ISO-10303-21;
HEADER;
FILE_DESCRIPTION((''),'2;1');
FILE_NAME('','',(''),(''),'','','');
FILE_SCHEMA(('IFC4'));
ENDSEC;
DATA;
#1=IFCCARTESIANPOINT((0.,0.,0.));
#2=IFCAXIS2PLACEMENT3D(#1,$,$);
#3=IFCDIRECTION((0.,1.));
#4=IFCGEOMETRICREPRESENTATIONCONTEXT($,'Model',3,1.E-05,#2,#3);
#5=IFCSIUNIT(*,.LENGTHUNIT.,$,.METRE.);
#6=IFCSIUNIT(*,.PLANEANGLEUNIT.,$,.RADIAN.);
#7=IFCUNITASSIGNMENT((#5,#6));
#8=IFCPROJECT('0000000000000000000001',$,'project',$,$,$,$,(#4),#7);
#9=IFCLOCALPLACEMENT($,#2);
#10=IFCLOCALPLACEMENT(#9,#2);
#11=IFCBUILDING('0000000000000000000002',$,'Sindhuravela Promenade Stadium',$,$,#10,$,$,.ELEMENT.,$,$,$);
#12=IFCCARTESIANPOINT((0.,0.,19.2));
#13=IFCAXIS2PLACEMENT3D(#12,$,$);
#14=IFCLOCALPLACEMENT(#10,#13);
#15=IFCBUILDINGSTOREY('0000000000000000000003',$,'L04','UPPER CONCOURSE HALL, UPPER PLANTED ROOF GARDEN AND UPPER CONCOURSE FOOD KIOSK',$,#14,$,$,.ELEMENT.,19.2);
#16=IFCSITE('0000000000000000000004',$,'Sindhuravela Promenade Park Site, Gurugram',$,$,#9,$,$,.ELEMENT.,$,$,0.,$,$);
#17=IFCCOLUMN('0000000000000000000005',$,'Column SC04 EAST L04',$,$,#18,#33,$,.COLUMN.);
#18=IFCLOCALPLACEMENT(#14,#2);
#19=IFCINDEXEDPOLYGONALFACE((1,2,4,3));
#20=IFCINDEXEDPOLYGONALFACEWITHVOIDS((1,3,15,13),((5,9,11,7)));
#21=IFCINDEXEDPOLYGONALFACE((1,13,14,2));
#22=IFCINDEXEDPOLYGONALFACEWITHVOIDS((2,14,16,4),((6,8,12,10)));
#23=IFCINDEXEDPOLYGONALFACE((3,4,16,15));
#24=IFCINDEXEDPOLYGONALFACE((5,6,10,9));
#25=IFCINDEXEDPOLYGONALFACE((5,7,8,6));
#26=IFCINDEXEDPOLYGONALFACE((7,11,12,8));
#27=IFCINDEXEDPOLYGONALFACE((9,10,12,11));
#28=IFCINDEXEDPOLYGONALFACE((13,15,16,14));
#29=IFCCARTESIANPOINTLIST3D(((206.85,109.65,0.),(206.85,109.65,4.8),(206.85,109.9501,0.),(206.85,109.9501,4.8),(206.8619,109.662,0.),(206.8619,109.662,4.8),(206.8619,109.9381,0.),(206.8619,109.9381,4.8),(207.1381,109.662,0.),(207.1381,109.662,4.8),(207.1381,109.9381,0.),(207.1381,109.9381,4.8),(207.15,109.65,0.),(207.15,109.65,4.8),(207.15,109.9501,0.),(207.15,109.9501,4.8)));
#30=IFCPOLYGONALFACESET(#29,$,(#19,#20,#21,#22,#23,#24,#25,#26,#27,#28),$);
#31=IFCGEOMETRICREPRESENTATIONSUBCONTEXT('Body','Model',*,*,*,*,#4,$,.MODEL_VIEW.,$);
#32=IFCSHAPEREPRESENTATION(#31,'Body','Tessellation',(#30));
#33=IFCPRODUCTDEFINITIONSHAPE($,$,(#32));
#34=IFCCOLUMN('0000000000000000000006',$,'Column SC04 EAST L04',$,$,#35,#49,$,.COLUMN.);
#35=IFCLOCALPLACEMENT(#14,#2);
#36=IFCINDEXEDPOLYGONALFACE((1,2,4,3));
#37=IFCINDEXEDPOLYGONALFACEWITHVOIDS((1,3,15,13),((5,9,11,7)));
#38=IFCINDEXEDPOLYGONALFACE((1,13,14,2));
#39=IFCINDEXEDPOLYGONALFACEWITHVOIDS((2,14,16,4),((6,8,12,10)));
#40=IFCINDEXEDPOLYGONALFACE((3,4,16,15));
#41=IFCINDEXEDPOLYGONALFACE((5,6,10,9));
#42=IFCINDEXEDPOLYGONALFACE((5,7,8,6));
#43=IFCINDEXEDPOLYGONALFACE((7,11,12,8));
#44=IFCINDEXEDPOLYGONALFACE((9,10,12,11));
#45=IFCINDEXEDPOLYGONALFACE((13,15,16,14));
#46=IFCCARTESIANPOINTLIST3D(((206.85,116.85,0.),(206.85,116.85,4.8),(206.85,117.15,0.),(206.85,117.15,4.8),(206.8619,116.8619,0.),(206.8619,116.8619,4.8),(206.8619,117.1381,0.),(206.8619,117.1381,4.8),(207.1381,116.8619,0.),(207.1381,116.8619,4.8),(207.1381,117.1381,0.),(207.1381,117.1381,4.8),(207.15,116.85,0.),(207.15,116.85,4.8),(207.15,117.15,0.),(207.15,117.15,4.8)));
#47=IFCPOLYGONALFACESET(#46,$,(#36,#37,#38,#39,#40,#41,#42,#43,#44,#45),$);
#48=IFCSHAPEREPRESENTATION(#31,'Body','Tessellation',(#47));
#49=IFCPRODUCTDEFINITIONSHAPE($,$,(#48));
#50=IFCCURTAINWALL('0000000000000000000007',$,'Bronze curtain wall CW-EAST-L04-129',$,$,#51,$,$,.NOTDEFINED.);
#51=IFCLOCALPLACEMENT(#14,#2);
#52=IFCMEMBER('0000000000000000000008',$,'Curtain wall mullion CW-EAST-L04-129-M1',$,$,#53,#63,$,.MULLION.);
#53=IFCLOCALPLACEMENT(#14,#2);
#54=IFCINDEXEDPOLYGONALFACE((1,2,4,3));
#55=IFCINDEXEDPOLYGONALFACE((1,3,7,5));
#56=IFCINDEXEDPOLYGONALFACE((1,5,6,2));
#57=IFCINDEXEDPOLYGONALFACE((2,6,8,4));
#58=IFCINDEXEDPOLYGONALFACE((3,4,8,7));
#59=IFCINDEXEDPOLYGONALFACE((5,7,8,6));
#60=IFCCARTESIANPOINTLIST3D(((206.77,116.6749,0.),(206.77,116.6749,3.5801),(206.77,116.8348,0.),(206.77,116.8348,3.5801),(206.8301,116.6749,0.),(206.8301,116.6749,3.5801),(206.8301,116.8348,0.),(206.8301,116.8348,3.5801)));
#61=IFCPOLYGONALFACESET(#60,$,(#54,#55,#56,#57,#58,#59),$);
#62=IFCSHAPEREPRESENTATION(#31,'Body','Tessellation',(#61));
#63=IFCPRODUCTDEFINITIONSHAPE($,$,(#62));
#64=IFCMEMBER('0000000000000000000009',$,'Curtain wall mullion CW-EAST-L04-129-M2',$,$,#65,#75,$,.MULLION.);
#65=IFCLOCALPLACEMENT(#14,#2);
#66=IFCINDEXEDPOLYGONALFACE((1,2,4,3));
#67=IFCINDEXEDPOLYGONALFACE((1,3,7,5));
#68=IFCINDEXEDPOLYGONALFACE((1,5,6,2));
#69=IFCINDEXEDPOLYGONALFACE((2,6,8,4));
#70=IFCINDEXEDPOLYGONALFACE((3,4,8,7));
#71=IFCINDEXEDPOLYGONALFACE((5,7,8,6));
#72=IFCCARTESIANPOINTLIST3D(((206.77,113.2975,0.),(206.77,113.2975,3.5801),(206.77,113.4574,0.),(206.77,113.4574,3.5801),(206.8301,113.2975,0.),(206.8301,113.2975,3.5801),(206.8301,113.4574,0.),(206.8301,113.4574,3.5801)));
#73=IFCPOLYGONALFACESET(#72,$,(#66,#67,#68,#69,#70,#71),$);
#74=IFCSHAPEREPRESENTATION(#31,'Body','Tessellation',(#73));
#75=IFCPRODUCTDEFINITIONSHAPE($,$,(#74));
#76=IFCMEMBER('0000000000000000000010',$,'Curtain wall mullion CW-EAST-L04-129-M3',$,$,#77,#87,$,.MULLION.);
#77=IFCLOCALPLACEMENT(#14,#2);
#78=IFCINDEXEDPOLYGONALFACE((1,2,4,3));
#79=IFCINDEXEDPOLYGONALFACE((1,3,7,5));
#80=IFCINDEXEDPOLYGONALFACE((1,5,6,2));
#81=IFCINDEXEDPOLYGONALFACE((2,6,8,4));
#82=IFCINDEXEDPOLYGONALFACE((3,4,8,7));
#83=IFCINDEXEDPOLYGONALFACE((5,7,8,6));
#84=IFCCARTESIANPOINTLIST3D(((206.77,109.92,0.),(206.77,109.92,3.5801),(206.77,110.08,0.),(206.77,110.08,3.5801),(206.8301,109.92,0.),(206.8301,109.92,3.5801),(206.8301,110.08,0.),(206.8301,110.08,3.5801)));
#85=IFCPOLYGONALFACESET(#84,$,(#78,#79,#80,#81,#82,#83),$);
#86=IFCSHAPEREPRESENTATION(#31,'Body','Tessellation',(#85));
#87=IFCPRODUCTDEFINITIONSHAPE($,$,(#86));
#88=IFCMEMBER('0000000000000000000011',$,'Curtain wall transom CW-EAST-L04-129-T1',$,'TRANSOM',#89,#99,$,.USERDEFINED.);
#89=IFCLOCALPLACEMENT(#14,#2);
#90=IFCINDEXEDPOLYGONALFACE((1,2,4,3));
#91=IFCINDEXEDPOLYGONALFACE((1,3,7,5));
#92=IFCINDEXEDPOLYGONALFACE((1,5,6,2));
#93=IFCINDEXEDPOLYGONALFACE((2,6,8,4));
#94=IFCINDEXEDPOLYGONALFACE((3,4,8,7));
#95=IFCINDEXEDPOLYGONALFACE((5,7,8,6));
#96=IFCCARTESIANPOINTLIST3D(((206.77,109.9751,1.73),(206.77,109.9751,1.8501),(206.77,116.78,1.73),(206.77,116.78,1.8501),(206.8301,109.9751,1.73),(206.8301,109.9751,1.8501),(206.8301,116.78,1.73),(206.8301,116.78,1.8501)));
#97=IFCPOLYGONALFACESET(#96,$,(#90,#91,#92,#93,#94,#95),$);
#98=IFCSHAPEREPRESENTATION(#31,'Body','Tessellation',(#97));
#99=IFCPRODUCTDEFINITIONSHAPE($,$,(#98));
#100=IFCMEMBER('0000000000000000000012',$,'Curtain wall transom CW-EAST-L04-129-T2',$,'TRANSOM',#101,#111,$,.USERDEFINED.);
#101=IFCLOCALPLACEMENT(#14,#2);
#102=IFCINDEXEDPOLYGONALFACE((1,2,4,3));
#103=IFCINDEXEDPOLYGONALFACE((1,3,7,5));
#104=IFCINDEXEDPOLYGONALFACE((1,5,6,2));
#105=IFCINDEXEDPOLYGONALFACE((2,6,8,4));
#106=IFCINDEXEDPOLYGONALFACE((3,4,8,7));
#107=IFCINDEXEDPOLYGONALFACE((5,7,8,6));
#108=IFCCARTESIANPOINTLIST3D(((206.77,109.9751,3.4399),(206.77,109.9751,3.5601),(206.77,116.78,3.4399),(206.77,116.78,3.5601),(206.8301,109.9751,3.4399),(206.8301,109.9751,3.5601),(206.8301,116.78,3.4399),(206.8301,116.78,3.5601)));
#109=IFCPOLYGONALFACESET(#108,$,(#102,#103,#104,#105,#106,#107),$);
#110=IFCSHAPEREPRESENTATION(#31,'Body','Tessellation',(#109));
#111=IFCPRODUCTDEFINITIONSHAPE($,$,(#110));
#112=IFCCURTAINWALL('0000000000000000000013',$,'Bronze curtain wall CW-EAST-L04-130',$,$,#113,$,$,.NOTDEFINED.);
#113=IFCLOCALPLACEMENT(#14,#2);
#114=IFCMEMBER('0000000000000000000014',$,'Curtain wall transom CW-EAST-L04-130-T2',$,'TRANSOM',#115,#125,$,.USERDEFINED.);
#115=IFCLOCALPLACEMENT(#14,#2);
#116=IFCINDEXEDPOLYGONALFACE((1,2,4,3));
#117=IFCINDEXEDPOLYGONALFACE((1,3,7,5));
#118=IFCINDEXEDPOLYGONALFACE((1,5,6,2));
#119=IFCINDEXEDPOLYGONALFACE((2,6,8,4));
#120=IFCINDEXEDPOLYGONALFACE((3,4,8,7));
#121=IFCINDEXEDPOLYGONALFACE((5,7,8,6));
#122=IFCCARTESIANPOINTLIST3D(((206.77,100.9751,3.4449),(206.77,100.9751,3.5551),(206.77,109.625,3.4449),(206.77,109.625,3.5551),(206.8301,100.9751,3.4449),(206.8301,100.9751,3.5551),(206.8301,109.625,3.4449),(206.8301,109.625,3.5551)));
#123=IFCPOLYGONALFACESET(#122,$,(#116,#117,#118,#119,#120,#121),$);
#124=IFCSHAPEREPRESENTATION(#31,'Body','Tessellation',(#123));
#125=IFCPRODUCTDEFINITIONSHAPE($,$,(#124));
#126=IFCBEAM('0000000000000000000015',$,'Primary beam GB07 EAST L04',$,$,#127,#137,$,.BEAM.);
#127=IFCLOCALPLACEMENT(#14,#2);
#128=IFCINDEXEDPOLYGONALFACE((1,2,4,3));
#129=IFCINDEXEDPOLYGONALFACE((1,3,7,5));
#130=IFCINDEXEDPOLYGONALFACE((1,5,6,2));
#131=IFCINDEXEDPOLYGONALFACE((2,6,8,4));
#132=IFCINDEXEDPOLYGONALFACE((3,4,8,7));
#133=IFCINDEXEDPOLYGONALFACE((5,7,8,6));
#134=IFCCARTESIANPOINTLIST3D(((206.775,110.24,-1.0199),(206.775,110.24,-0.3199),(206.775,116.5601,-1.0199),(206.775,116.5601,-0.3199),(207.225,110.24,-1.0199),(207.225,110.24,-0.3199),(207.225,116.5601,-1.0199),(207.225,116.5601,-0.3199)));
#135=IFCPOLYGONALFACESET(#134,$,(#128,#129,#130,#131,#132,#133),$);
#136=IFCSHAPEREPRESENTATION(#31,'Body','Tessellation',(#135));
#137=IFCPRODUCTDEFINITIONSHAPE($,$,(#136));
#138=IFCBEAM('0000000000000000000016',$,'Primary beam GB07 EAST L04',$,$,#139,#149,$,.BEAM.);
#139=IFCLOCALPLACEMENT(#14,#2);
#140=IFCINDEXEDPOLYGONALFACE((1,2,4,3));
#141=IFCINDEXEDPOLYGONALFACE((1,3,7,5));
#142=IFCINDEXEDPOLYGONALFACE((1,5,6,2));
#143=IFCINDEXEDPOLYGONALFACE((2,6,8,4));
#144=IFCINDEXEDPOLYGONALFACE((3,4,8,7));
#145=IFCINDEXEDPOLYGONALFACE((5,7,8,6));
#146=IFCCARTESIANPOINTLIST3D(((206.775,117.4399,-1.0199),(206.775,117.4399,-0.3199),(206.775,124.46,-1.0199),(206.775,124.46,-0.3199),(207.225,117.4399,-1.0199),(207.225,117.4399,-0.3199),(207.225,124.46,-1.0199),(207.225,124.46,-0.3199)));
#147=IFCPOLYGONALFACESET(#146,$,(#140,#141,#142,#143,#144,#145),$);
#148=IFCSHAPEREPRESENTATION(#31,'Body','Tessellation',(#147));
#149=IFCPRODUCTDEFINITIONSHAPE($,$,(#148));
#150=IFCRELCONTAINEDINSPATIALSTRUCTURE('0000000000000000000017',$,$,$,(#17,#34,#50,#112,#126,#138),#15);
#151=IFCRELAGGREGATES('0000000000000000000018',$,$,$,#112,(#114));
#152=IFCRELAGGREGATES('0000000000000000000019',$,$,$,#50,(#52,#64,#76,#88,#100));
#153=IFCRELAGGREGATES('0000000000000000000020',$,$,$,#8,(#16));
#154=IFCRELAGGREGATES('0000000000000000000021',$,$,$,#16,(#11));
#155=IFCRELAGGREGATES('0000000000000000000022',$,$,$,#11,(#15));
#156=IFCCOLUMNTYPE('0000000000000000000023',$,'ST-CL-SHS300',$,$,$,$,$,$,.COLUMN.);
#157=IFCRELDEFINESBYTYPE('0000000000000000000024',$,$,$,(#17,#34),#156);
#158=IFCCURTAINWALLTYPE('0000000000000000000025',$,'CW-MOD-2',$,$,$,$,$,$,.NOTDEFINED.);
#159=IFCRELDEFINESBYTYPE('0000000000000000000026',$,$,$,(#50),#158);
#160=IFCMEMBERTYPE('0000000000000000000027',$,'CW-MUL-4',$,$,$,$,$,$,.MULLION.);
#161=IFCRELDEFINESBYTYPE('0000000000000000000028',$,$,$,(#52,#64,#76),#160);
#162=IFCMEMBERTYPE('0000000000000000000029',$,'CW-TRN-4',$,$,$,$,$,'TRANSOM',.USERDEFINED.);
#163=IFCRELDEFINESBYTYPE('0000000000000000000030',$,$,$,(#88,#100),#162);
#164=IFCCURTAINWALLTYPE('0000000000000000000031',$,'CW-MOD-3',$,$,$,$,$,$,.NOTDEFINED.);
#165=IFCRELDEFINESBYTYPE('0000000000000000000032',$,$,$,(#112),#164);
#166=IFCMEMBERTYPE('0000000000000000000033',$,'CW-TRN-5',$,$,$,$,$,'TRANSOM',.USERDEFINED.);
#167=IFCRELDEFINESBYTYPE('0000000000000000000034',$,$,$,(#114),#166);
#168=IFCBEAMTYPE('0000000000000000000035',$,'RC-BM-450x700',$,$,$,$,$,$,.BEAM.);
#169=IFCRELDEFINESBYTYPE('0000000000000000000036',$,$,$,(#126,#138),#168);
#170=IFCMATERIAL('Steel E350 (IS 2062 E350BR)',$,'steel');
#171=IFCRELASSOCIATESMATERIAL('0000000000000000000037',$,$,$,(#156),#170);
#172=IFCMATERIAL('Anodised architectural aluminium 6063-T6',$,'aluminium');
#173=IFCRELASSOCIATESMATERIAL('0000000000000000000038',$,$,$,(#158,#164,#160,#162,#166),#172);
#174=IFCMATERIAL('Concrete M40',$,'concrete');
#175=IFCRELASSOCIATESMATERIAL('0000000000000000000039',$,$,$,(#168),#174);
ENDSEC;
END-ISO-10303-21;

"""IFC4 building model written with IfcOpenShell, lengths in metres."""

from ifc_helpers import new_model, si_unit, direction, frame, origin, origin_2d, place, context, subcontext, project, spatial, rectangle, hollow_rectangle, extrude, material, material_profile, profile_set, type_object, element, aggregate, save


model = new_model("IFC4")

# Units and contexts
model_context = context("Model", 3, precision=1e-05, world=origin(), true_north=direction((0.0, 1.0)))
body_context = subcontext(model_context, "Body", "Model", "MODEL_VIEW")
ifc_project = project(units=[si_unit("LENGTHUNIT", "METRE"), si_unit("PLANEANGLEUNIT", "RADIAN")], contexts=[model_context])

# Site, building, storey
site_placement = place(None, origin())
site = spatial("IfcSite", under=ifc_project, at=site_placement, Name="Sindhuravela Promenade Park Site, Gurugram", CompositionType="ELEMENT", RefElevation=0.0)
building_placement = place(site_placement, origin())
building = spatial("IfcBuilding", under=site, at=building_placement, Name="Sindhuravela Promenade Stadium", CompositionType="ELEMENT")
storey_placement = place(building_placement, frame((0.0, 0.0, 19.2)))
storey = spatial("IfcBuildingStorey", under=building, at=storey_placement, Name="L04", Description="UPPER CONCOURSE HALL, UPPER PLANTED ROOF GARDEN AND UPPER CONCOURSE FOOD KIOSK", CompositionType="ELEMENT", Elevation=19.2)

# Columns
ifc_material_1 = material(Name="Steel E350 (IS 2062 E350BR)", Category="steel")
ifc_material_profile_1 = material_profile(ifc_material_1, hollow_rectangle(XDim=0.3, YDim=0.3, WallThickness=0.012, at=origin_2d()), Name="SHS 300x300x12")
ifc_profile_set_1 = profile_set([ifc_material_profile_1], Name="Steel E350 (IS 2062 E350BR)")
column_type = type_object("IfcColumnType", Name="ST-CL-SHS300", PredefinedType="COLUMN", material=ifc_profile_set_1)
for number, where, z_axis, x_axis, name in (
    (1, (207.0, 109.8, 0.0), (0.0, 0.0, 1.0), (1.0, 0.0, 0.0), "Column SC04 EAST L04"),
    (2, (207.0, 117.0, 0.0), (0.0, 0.0, 1.0), (1.0, 0.0, 0.0), "Column SC04 EAST L04"),
):
    element("IfcColumn", number, at=place(storey_placement, frame(where, z_axis=z_axis, x_axis=x_axis)), inside=storey, type_object=column_type, Name=name, PredefinedType="COLUMN", context=body_context, shape_type="SweptSolid", body=[
        extrude(hollow_rectangle(XDim=0.3, YDim=0.3, WallThickness=0.012, at=origin_2d()), origin(), (0.0, 0.0, 1.0), 4.8),
    ])

# Curtain wall, members
ifc_material_2 = material(Name="Anodised architectural aluminium 6063-T6", Category="aluminium")
curtain_wall_type_1 = type_object("IfcCurtainWallType", Name="CW-MOD-2", PredefinedType="NOTDEFINED", material=ifc_material_2)
curtain_wall_1_placement = place(storey_placement, origin())
curtain_wall_1 = element("IfcCurtainWall", 3, at=curtain_wall_1_placement, inside=storey, type_object=curtain_wall_type_1, Name="Bronze curtain wall CW-EAST-L04-129", PredefinedType="NOTDEFINED")
ifc_material_profile_2 = material_profile(ifc_material_2, rectangle(XDim=0.0601, YDim=0.1599, at=origin_2d()), Name="ALU M60x160")
ifc_profile_set_2 = profile_set([ifc_material_profile_2], Name="Anodised architectural aluminium 6063-T6")
member_type_1 = type_object("IfcMemberType", Name="CW-MUL-4", PredefinedType="MULLION", material=ifc_profile_set_2)
member_1_placement = place(storey_placement, frame((206.8, 116.7549, 0.0), z_axis=(0.0, 0.0, 1.0), x_axis=(1.0, 0.0, 0.0)))
member_1 = element("IfcMember", 4, at=member_1_placement, type_object=member_type_1, Name="Curtain wall mullion CW-EAST-L04-129-M1", PredefinedType="MULLION", context=body_context, shape_type="SweptSolid", body=[
    extrude(rectangle(XDim=0.0601, YDim=0.1599, at=origin_2d()), origin(), (0.0, 0.0, 1.0), 3.5801),
])
member_2_placement = place(storey_placement, frame((206.8, 113.3774, 0.0), z_axis=(0.0, 0.0, 1.0), x_axis=(1.0, 0.0, 0.0)))
member_2 = element("IfcMember", 5, at=member_2_placement, type_object=member_type_1, Name="Curtain wall mullion CW-EAST-L04-129-M2", PredefinedType="MULLION", context=body_context, shape_type="SweptSolid", body=[
    extrude(rectangle(XDim=0.0601, YDim=0.1599, at=origin_2d()), origin(), (0.0, 0.0, 1.0), 3.5801),
])
member_3_placement = place(storey_placement, frame((206.8, 110.0, 0.0), z_axis=(0.0, 0.0, 1.0), x_axis=(1.0, 0.0, 0.0)))
member_3 = element("IfcMember", 6, at=member_3_placement, type_object=member_type_1, Name="Curtain wall mullion CW-EAST-L04-129-M3", PredefinedType="MULLION", context=body_context, shape_type="SweptSolid", body=[
    extrude(rectangle(XDim=0.0601, YDim=0.1599, at=origin_2d()), origin(), (0.0, 0.0, 1.0), 3.5801),
])
ifc_material_profile_3 = material_profile(ifc_material_2, rectangle(XDim=0.0601, YDim=0.1201, at=origin_2d()), Name="ALU T60x120")
ifc_profile_set_3 = profile_set([ifc_material_profile_3], Name="Anodised architectural aluminium 6063-T6")
member_type_2 = type_object("IfcMemberType", Name="CW-TRN-4", ElementType="TRANSOM", PredefinedType="USERDEFINED", material=ifc_profile_set_3)
member_4_placement = place(storey_placement, frame((206.8, 116.78, 1.79), z_axis=(0.0, -1.0, 0.0), x_axis=(1.0, 0.0, 0.0)))
member_4 = element("IfcMember", 7, at=member_4_placement, type_object=member_type_2, Name="Curtain wall transom CW-EAST-L04-129-T1", ObjectType="TRANSOM", PredefinedType="USERDEFINED", context=body_context, shape_type="SweptSolid", body=[
    extrude(rectangle(XDim=0.0601, YDim=0.1201, at=origin_2d()), origin(), (0.0, 0.0, 1.0), 6.8049),
])
member_5_placement = place(storey_placement, frame((206.8, 116.78, 3.5), z_axis=(0.0, -1.0, 0.0), x_axis=(1.0, 0.0, 0.0)))
member_5 = element("IfcMember", 8, at=member_5_placement, type_object=member_type_2, Name="Curtain wall transom CW-EAST-L04-129-T2", ObjectType="TRANSOM", PredefinedType="USERDEFINED", context=body_context, shape_type="SweptSolid", body=[
    extrude(rectangle(XDim=0.0601, YDim=0.1201, at=origin_2d()), origin(), (0.0, 0.0, 1.0), 6.8049),
])

# Curtain wall, member
curtain_wall_type_2 = type_object("IfcCurtainWallType", Name="CW-MOD-3", PredefinedType="NOTDEFINED", material=ifc_material_2)
curtain_wall_2_placement = place(storey_placement, origin())
curtain_wall_2 = element("IfcCurtainWall", 9, at=curtain_wall_2_placement, inside=storey, type_object=curtain_wall_type_2, Name="Bronze curtain wall CW-EAST-L04-130", PredefinedType="NOTDEFINED")
ifc_material_profile_4 = material_profile(ifc_material_2, rectangle(XDim=0.0601, YDim=0.1101, at=origin_2d()), Name="ALU T60x110")
ifc_profile_set_4 = profile_set([ifc_material_profile_4], Name="Anodised architectural aluminium 6063-T6")
member_type_3 = type_object("IfcMemberType", Name="CW-TRN-5", ElementType="TRANSOM", PredefinedType="USERDEFINED", material=ifc_profile_set_4)
member_6_placement = place(storey_placement, frame((206.8, 109.625, 3.5), z_axis=(0.0, -1.0, 0.0), x_axis=(1.0, 0.0, 0.0)))
member_6 = element("IfcMember", 10, at=member_6_placement, type_object=member_type_3, Name="Curtain wall transom CW-EAST-L04-130-T2", ObjectType="TRANSOM", PredefinedType="USERDEFINED", context=body_context, shape_type="SweptSolid", body=[
    extrude(rectangle(XDim=0.0601, YDim=0.1101, at=origin_2d()), origin(), (0.0, 0.0, 1.0), 8.6499),
])
aggregate(curtain_wall_2, [member_6])

# Beams
ifc_material_3 = material(Name="Concrete M40", Category="concrete")
ifc_material_profile_5 = material_profile(ifc_material_3, rectangle(XDim=0.45, YDim=0.7, at=origin_2d()), Name="RC 450x700")
ifc_profile_set_5 = profile_set([ifc_material_profile_5], Name="Concrete M40")
beam_type_1 = type_object("IfcBeamType", Name="RC-BM-450x700", PredefinedType="BEAM", material=ifc_profile_set_5)
beam_1_placement = place(storey_placement, frame((207.0, 110.24, -0.6699), z_axis=(0.0, 1.0, 0.0), x_axis=(-1.0, 0.0, 0.0)))
element("IfcBeam", 11, at=beam_1_placement, inside=storey, type_object=beam_type_1, Name="Primary beam GB07 EAST L04", PredefinedType="BEAM", context=body_context, shape_type="SweptSolid", body=[
    extrude(rectangle(XDim=0.45, YDim=0.7, at=origin_2d()), origin(), (0.0, 0.0, 1.0), 6.3201),
])
beam_2_placement = place(storey_placement, frame((207.0, 117.4399, -0.6699), z_axis=(0.0, 1.0, 0.0), x_axis=(-1.0, 0.0, 0.0)))
element("IfcBeam", 12, at=beam_2_placement, inside=storey, type_object=beam_type_1, Name="Primary beam GB07 EAST L04", PredefinedType="BEAM", context=body_context, shape_type="SweptSolid", body=[
    extrude(rectangle(XDim=0.45, YDim=0.7, at=origin_2d()), origin(), (0.0, 0.0, 1.0), 7.02),
])

aggregate(curtain_wall_1, [member_1, member_2, member_3, member_4, member_5])

save(model, "model.ifc")
